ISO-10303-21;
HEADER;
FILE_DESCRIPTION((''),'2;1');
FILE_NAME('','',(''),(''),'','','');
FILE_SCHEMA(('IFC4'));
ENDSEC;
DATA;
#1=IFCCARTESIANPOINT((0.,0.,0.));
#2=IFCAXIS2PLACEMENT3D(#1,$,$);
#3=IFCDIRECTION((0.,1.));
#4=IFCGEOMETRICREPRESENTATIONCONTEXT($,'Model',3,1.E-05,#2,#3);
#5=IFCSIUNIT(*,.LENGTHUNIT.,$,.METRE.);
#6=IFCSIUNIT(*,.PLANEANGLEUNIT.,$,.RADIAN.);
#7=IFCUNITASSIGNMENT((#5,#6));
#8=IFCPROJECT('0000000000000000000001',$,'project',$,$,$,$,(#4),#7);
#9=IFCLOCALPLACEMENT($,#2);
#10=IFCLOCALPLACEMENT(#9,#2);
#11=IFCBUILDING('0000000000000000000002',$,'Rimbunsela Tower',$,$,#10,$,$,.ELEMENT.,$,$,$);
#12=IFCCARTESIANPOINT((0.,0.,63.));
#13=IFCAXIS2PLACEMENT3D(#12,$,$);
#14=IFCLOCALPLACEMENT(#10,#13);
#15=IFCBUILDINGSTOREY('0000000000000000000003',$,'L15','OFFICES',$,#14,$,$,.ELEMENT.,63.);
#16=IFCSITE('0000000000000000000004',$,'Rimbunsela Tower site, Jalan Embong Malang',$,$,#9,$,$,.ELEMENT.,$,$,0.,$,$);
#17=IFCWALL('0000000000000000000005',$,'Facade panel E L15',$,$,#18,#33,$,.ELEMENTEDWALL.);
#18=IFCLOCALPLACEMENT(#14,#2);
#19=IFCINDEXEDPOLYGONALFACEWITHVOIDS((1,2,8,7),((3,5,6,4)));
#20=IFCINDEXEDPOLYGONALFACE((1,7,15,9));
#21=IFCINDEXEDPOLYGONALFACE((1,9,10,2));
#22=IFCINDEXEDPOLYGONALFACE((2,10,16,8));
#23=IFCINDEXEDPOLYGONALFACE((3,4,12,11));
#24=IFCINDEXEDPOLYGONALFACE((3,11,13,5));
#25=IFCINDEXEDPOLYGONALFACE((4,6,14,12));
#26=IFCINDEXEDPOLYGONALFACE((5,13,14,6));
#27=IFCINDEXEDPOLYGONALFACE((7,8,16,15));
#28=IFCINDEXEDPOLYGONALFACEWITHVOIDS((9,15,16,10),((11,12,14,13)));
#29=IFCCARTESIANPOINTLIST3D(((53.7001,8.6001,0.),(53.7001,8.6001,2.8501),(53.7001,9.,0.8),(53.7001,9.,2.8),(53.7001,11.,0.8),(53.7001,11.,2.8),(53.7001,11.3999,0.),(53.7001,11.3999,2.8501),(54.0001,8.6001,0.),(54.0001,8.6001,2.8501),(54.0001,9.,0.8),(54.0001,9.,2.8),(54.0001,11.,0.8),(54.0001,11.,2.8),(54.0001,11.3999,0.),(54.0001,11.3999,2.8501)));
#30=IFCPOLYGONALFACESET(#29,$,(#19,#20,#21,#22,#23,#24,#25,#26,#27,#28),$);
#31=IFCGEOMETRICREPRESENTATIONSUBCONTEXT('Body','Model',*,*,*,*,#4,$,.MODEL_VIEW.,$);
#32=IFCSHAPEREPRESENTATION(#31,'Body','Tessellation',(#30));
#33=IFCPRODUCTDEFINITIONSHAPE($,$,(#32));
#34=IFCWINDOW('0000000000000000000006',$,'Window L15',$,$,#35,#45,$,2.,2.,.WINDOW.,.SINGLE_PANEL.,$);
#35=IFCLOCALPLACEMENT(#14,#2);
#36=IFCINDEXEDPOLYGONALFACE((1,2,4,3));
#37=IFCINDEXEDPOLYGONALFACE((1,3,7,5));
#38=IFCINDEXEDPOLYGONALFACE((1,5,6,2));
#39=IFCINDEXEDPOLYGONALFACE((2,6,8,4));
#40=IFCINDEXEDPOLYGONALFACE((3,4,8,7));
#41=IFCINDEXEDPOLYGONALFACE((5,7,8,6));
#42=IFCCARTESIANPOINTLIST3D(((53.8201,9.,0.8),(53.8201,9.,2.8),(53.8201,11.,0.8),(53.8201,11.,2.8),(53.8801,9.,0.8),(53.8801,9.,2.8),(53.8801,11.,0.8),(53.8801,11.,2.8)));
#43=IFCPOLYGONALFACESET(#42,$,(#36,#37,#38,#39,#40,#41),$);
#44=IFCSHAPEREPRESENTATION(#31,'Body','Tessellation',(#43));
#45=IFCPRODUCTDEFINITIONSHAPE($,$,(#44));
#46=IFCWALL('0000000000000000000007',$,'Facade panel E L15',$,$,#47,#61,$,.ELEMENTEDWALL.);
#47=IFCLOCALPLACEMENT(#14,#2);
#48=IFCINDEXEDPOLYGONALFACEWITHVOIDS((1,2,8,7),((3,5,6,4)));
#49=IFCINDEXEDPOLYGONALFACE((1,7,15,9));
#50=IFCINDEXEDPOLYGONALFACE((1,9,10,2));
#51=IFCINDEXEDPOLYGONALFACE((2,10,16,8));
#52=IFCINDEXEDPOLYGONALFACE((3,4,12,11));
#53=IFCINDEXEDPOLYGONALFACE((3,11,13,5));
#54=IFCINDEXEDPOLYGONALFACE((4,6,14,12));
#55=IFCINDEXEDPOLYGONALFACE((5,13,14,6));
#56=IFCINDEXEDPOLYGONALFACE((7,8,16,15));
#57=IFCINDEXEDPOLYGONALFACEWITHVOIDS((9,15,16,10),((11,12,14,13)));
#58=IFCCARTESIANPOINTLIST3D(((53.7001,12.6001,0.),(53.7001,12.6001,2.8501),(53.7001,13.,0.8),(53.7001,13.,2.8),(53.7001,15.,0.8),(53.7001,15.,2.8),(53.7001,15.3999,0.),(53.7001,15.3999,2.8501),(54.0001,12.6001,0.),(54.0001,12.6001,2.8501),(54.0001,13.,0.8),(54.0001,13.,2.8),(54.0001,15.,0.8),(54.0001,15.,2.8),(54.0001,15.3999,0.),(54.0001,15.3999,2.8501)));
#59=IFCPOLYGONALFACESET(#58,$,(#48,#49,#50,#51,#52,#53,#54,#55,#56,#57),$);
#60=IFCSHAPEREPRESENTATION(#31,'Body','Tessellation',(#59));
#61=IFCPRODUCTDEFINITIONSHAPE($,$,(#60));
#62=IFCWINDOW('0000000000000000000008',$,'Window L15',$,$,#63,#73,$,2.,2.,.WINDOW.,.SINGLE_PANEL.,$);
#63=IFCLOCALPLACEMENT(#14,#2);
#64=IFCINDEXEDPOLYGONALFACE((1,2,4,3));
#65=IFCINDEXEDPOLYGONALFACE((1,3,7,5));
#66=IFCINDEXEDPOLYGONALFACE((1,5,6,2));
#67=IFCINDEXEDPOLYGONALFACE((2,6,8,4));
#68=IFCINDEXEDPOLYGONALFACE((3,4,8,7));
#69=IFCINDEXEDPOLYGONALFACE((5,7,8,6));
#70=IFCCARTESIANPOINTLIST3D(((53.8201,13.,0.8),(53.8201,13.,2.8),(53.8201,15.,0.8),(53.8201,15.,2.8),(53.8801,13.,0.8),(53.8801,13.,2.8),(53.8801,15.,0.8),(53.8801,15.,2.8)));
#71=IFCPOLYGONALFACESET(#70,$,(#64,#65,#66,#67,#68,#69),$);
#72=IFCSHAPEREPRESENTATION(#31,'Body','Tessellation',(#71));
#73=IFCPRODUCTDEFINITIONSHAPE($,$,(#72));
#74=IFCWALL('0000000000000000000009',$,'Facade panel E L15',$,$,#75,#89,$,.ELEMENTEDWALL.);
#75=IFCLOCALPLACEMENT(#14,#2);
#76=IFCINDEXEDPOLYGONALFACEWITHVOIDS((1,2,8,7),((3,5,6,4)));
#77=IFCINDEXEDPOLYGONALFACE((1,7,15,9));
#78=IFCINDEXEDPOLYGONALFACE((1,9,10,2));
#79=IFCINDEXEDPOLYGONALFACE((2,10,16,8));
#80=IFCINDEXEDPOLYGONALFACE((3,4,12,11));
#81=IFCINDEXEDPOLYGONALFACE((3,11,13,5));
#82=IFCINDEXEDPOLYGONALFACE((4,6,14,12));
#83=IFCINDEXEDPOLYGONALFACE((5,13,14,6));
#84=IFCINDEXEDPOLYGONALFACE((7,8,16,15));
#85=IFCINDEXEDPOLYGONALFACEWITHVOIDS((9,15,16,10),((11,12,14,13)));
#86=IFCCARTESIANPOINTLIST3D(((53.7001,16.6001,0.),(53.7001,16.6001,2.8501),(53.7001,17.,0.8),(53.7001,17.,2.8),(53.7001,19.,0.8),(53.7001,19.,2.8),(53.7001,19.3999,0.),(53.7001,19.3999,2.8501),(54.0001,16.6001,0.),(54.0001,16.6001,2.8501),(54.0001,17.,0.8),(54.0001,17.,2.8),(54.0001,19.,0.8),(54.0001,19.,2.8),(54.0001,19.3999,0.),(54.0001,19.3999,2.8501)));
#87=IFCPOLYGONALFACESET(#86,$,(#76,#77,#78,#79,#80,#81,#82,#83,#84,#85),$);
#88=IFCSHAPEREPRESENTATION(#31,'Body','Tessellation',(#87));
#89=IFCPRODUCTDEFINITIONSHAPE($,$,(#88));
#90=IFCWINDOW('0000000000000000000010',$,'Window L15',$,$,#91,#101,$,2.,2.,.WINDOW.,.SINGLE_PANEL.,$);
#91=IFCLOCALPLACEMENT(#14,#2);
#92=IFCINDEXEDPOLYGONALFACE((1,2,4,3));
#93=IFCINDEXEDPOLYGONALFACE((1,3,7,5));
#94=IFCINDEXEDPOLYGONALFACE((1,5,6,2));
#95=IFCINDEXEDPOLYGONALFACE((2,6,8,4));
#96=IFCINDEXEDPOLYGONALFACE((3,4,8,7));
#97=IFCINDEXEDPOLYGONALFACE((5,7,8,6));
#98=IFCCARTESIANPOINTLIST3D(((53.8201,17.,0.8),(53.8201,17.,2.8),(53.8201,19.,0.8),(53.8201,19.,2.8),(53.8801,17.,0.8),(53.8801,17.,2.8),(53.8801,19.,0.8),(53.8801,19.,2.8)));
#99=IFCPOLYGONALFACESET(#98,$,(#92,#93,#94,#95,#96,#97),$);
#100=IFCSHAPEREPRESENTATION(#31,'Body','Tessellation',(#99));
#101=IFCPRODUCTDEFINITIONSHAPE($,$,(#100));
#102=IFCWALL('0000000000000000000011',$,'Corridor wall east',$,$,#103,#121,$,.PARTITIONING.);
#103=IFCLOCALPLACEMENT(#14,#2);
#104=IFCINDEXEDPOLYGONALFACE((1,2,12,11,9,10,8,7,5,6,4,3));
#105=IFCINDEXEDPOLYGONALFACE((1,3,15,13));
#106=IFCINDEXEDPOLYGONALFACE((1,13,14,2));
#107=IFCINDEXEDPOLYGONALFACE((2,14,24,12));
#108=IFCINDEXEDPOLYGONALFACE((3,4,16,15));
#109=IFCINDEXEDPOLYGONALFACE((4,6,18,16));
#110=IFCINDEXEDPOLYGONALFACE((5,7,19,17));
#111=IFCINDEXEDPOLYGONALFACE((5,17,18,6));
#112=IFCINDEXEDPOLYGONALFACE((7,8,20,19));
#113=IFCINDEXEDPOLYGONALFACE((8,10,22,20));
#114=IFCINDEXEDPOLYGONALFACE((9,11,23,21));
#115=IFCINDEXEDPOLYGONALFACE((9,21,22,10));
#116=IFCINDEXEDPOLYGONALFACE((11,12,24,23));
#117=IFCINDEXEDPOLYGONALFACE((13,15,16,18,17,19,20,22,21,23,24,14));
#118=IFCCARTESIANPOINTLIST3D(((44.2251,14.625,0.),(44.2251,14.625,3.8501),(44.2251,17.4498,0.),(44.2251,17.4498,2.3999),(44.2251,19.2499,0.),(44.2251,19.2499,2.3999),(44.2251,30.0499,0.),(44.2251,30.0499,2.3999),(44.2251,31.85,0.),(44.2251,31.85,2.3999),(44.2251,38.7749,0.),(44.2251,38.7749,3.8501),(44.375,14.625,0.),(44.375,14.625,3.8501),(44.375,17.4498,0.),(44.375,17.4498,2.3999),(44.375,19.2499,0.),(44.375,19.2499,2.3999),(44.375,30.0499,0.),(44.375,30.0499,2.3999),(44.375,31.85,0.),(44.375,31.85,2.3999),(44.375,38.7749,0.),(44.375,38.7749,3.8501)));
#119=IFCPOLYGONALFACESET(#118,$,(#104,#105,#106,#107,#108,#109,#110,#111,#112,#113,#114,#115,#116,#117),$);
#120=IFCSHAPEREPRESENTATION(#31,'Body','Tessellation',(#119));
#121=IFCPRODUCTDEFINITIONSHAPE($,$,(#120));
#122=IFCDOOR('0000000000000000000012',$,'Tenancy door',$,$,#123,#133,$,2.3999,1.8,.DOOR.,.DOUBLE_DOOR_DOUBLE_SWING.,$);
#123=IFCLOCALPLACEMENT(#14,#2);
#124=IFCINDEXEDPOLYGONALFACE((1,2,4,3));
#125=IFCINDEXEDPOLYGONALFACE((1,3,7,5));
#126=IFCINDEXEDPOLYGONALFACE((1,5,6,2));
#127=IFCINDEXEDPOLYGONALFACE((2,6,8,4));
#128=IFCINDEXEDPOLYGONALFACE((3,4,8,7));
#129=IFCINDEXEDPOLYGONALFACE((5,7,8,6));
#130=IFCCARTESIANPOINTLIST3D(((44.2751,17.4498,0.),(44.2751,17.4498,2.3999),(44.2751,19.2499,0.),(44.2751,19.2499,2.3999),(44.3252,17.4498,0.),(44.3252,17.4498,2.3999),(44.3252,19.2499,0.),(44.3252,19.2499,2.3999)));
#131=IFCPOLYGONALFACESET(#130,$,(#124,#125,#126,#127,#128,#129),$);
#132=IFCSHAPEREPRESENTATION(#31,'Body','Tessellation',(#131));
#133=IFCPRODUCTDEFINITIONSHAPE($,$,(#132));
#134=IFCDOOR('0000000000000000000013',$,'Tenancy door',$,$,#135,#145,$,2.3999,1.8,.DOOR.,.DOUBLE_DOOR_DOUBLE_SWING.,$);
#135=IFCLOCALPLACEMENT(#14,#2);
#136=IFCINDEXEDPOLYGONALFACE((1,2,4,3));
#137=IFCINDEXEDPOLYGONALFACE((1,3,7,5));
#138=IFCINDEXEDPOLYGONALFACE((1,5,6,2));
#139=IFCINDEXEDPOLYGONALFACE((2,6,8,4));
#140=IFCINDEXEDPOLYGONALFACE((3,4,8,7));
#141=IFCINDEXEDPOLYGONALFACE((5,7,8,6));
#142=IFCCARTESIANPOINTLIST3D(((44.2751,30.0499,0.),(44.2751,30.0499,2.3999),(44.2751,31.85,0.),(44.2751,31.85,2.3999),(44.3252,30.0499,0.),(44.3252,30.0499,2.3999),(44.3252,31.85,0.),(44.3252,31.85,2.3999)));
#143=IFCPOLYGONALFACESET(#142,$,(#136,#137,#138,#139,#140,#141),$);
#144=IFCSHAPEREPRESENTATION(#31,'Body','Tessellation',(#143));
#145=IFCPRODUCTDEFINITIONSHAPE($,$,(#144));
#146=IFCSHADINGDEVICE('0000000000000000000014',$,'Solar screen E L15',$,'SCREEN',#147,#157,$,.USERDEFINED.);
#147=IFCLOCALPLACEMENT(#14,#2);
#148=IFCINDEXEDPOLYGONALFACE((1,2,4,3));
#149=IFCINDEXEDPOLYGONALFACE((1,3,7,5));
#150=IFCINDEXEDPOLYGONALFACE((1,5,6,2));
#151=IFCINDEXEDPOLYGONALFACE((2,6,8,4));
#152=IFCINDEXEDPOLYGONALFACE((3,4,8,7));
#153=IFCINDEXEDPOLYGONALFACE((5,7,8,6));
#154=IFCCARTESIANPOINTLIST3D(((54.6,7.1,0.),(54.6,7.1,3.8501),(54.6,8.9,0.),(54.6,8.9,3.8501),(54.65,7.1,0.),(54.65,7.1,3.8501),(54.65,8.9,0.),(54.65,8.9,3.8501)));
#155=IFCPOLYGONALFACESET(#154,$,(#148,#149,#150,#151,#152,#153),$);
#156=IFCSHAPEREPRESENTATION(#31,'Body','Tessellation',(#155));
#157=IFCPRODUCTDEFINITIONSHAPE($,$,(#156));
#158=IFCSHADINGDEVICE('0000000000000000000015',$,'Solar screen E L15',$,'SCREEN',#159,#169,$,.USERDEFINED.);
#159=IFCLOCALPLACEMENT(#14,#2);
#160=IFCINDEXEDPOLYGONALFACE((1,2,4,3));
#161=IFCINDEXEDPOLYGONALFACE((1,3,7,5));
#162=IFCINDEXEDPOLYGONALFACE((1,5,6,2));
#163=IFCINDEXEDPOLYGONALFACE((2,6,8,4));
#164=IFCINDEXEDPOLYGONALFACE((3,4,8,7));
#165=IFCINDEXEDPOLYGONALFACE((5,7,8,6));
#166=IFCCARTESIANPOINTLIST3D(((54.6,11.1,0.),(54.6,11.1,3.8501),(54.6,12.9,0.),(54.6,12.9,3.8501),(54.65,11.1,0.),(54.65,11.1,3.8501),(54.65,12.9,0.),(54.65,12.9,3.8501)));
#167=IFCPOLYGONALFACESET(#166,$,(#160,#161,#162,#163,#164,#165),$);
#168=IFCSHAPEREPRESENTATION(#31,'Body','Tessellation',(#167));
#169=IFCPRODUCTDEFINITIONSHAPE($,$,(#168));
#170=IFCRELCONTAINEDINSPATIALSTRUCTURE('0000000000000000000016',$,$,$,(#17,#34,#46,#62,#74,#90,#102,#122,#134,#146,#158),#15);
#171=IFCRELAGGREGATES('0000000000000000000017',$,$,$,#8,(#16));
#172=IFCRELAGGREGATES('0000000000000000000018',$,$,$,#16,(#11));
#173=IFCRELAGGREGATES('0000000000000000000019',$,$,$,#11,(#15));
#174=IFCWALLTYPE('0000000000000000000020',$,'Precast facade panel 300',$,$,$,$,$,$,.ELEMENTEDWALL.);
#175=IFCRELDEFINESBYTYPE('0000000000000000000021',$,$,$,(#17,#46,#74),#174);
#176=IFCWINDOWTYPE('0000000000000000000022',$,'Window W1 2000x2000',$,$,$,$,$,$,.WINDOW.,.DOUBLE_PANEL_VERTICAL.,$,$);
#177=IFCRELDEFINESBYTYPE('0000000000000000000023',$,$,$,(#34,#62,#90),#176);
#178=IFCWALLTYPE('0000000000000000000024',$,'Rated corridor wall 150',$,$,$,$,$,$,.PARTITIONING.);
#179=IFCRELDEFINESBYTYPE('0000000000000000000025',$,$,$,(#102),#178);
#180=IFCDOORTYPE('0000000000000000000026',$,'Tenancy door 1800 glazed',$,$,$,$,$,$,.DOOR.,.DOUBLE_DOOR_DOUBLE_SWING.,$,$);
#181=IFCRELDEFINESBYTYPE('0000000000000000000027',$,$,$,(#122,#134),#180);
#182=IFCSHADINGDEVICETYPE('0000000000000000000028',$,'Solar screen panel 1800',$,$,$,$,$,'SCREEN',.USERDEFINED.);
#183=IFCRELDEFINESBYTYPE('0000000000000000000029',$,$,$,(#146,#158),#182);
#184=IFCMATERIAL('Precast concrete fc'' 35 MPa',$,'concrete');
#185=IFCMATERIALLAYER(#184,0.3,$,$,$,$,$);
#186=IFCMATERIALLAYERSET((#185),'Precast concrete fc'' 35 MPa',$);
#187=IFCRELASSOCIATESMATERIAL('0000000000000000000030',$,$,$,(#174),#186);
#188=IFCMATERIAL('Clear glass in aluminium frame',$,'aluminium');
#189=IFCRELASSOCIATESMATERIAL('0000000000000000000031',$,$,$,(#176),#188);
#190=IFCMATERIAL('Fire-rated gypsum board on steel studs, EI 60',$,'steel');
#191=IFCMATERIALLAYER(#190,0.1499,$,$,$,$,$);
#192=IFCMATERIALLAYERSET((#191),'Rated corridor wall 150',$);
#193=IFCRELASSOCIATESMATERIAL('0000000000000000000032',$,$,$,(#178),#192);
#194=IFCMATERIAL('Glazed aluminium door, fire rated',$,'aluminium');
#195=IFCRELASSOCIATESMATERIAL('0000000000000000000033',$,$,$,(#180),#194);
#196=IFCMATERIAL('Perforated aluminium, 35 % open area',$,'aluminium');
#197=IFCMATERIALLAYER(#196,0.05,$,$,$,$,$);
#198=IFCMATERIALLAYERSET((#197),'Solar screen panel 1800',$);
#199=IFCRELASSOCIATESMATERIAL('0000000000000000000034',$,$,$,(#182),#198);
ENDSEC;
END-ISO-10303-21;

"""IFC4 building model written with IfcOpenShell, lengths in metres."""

from ifc_helpers import new_model, si_unit, direction, frame, frame_2d, origin, origin_2d, place, context, subcontext, project, spatial, rectangle, extrude, material, layer, layer_set, type_object, element, fill, save


model = new_model("IFC4")

# Units and contexts
model_context = context("Model", 3, precision=1e-05, world=origin(), true_north=direction((0.0, 1.0)))
body_context = subcontext(model_context, "Body", "Model", "MODEL_VIEW")
ifc_project = project(units=[si_unit("LENGTHUNIT", "METRE"), si_unit("PLANEANGLEUNIT", "RADIAN")], contexts=[model_context])

# Site, building, storey
site_placement = place(None, origin())
site = spatial("IfcSite", under=ifc_project, at=site_placement, Name="Rimbunsela Tower site, Jalan Embong Malang", CompositionType="ELEMENT", RefElevation=0.0)
building_placement = place(site_placement, origin())
building = spatial("IfcBuilding", under=site, at=building_placement, Name="Rimbunsela Tower", CompositionType="ELEMENT")
storey_placement = place(building_placement, frame((0.0, 0.0, 63.0)))
storey = spatial("IfcBuildingStorey", under=building, at=storey_placement, Name="L15", Description="OFFICES", CompositionType="ELEMENT", Elevation=63.0)

# Walls, openings, windows
ifc_material_1 = material(Name="Precast concrete fc' 35 MPa", Category="concrete")
ifc_layer_1 = layer(ifc_material_1, 0.3)
ifc_layer_set_1 = layer_set([ifc_layer_1], Name="Precast concrete fc' 35 MPa")
wall_type_1 = type_object("IfcWallType", Name="Precast facade panel 300", PredefinedType="ELEMENTEDWALL", material=ifc_layer_set_1)
wall_1_placement = place(storey_placement, frame((53.8501, 8.6001, 0.0), z_axis=(0.0, 0.0, 1.0), x_axis=(0.0, 1.0, 0.0)))
wall_1 = element("IfcWall", 1, at=wall_1_placement, inside=storey, type_object=wall_type_1, Name="Facade panel E L15", PredefinedType="ELEMENTEDWALL", context=body_context, shape_type="SweptSolid", body=[
    extrude(rectangle(XDim=2.7998, YDim=0.3, at=frame_2d((1.3999, 0.0))), origin(), (0.0, 0.0, 1.0), 2.8501),
])
opening_1_placement = place(wall_1_placement, frame((0.3999, 0.0, 0.8)))
opening_1 = element("IfcOpeningElement", 2, at=opening_1_placement, cuts=wall_1, PredefinedType="OPENING", context=body_context, shape_type="SweptSolid", body=[
    extrude(rectangle(XDim=2.0, YDim=2.0, at=frame_2d((1.0, 1.0))), frame((0.0, 0.1599, 0.0), z_axis=(0.0, -1.0, 0.0), x_axis=(1.0, 0.0, 0.0)), (0.0, 0.0, 1.0), 0.3201),
])
ifc_material_2 = material(Name="Clear glass in aluminium frame", Category="aluminium")
window_type = type_object("IfcWindowType", Name="Window W1 2000x2000", PartitioningType="DOUBLE_PANEL_VERTICAL", PredefinedType="WINDOW", material=ifc_material_2)
window_1_placement = place(opening_1_placement, origin())
window_1 = element("IfcWindow", 3, at=window_1_placement, inside=storey, type_object=window_type, Name="Window L15", OverallHeight=2.0, OverallWidth=2.0, PartitioningType="SINGLE_PANEL", PredefinedType="WINDOW", context=body_context, shape_type="SweptSolid", body=[
    extrude(rectangle(XDim=2.0, YDim=2.0, at=frame_2d((1.0, 1.0))), frame((0.0, 0.03, 0.0), z_axis=(0.0, -1.0, 0.0), x_axis=(1.0, 0.0, 0.0)), (0.0, 0.0, 1.0), 0.0601),
])
fill(opening_1, window_1)
wall_2_placement = place(storey_placement, frame((53.8501, 12.6001, 0.0), z_axis=(0.0, 0.0, 1.0), x_axis=(0.0, 1.0, 0.0)))
wall_2 = element("IfcWall", 4, at=wall_2_placement, inside=storey, type_object=wall_type_1, Name="Facade panel E L15", PredefinedType="ELEMENTEDWALL", context=body_context, shape_type="SweptSolid", body=[
    extrude(rectangle(XDim=2.7998, YDim=0.3, at=frame_2d((1.3999, 0.0))), origin(), (0.0, 0.0, 1.0), 2.8501),
])
opening_2_placement = place(wall_2_placement, frame((0.3999, 0.0, 0.8)))
opening_2 = element("IfcOpeningElement", 5, at=opening_2_placement, cuts=wall_2, PredefinedType="OPENING", context=body_context, shape_type="SweptSolid", body=[
    extrude(rectangle(XDim=2.0, YDim=2.0, at=frame_2d((1.0, 1.0))), frame((0.0, 0.1599, 0.0), z_axis=(0.0, -1.0, 0.0), x_axis=(1.0, 0.0, 0.0)), (0.0, 0.0, 1.0), 0.3201),
])
window_2_placement = place(opening_2_placement, origin())
window_2 = element("IfcWindow", 6, at=window_2_placement, inside=storey, type_object=window_type, Name="Window L15", OverallHeight=2.0, OverallWidth=2.0, PartitioningType="SINGLE_PANEL", PredefinedType="WINDOW", context=body_context, shape_type="SweptSolid", body=[
    extrude(rectangle(XDim=2.0, YDim=2.0, at=frame_2d((1.0, 1.0))), frame((0.0, 0.03, 0.0), z_axis=(0.0, -1.0, 0.0), x_axis=(1.0, 0.0, 0.0)), (0.0, 0.0, 1.0), 0.0601),
])
fill(opening_2, window_2)
wall_3_placement = place(storey_placement, frame((53.8501, 16.6001, 0.0), z_axis=(0.0, 0.0, 1.0), x_axis=(0.0, 1.0, 0.0)))
wall_3 = element("IfcWall", 7, at=wall_3_placement, inside=storey, type_object=wall_type_1, Name="Facade panel E L15", PredefinedType="ELEMENTEDWALL", context=body_context, shape_type="SweptSolid", body=[
    extrude(rectangle(XDim=2.7998, YDim=0.3, at=frame_2d((1.3999, 0.0))), origin(), (0.0, 0.0, 1.0), 2.8501),
])
opening_3_placement = place(wall_3_placement, frame((0.3999, 0.0, 0.8)))
opening_3 = element("IfcOpeningElement", 8, at=opening_3_placement, cuts=wall_3, PredefinedType="OPENING", context=body_context, shape_type="SweptSolid", body=[
    extrude(rectangle(XDim=2.0, YDim=2.0, at=frame_2d((1.0, 1.0))), frame((0.0, 0.1599, 0.0), z_axis=(0.0, -1.0, 0.0), x_axis=(1.0, 0.0, 0.0)), (0.0, 0.0, 1.0), 0.3201),
])
window_3_placement = place(opening_3_placement, origin())
window_3 = element("IfcWindow", 9, at=window_3_placement, inside=storey, type_object=window_type, Name="Window L15", OverallHeight=2.0, OverallWidth=2.0, PartitioningType="SINGLE_PANEL", PredefinedType="WINDOW", context=body_context, shape_type="SweptSolid", body=[
    extrude(rectangle(XDim=2.0, YDim=2.0, at=frame_2d((1.0, 1.0))), frame((0.0, 0.03, 0.0), z_axis=(0.0, -1.0, 0.0), x_axis=(1.0, 0.0, 0.0)), (0.0, 0.0, 1.0), 0.0601),
])
fill(opening_3, window_3)

# Wall, openings, doors
ifc_material_3 = material(Name="Fire-rated gypsum board on steel studs, EI 60", Category="steel")
ifc_layer_2 = layer(ifc_material_3, 0.1499)
ifc_layer_set_2 = layer_set([ifc_layer_2], Name="Rated corridor wall 150")
wall_type_2 = type_object("IfcWallType", Name="Rated corridor wall 150", PredefinedType="PARTITIONING", material=ifc_layer_set_2)
wall_4_placement = place(storey_placement, frame((44.3, 14.625, 0.0), z_axis=(0.0, 0.0, 1.0), x_axis=(0.0, 1.0, 0.0)))
wall_4 = element("IfcWall", 10, at=wall_4_placement, inside=storey, type_object=wall_type_2, Name="Corridor wall east", PredefinedType="PARTITIONING", context=body_context, shape_type="SweptSolid", body=[
    extrude(rectangle(XDim=24.1499, YDim=0.1499, at=frame_2d((12.075, 0.0))), origin(), (0.0, 0.0, 1.0), 3.8501),
])
opening_4_placement = place(wall_4_placement, frame((2.825, 0.0, 0.0)))
opening_4 = element("IfcOpeningElement", 11, at=opening_4_placement, cuts=wall_4, PredefinedType="OPENING", context=body_context, shape_type="SweptSolid", body=[
    extrude(rectangle(XDim=1.8, YDim=2.3999, at=frame_2d((0.8999, 1.2))), frame((0.0, 0.085, 0.0), z_axis=(0.0, -1.0, 0.0), x_axis=(1.0, 0.0, 0.0)), (0.0, 0.0, 1.0), 0.1699),
])
opening_5_placement = place(wall_4_placement, frame((15.425, 0.0, 0.0)))
opening_5 = element("IfcOpeningElement", 12, at=opening_5_placement, cuts=wall_4, PredefinedType="OPENING", context=body_context, shape_type="SweptSolid", body=[
    extrude(rectangle(XDim=1.8, YDim=2.3999, at=frame_2d((0.8999, 1.2))), frame((0.0, 0.085, 0.0), z_axis=(0.0, -1.0, 0.0), x_axis=(1.0, 0.0, 0.0)), (0.0, 0.0, 1.0), 0.1699),
])
ifc_material_4 = material(Name="Glazed aluminium door, fire rated", Category="aluminium")
door_type_1 = type_object("IfcDoorType", Name="Tenancy door 1800 glazed", OperationType="DOUBLE_DOOR_DOUBLE_SWING", PredefinedType="DOOR", material=ifc_material_4)
door_1_placement = place(opening_4_placement, origin())
door_1 = element("IfcDoor", 13, at=door_1_placement, inside=storey, type_object=door_type_1, Name="Tenancy door", OperationType="DOUBLE_DOOR_DOUBLE_SWING", OverallHeight=2.3999, OverallWidth=1.8, PredefinedType="DOOR", context=body_context, shape_type="SweptSolid", body=[
    extrude(rectangle(XDim=1.8, YDim=2.3999, at=frame_2d((0.8999, 1.2))), frame((0.0, 0.0249, 0.0), z_axis=(0.0, -1.0, 0.0), x_axis=(1.0, 0.0, 0.0)), (0.0, 0.0, 1.0), 0.05),
])
fill(opening_4, door_1)
door_2_placement = place(opening_5_placement, origin())
door_2 = element("IfcDoor", 14, at=door_2_placement, inside=storey, type_object=door_type_1, Name="Tenancy door", OperationType="DOUBLE_DOOR_DOUBLE_SWING", OverallHeight=2.3999, OverallWidth=1.8, PredefinedType="DOOR", context=body_context, shape_type="SweptSolid", body=[
    extrude(rectangle(XDim=1.8, YDim=2.3999, at=frame_2d((0.8999, 1.2))), frame((0.0, 0.0249, 0.0), z_axis=(0.0, -1.0, 0.0), x_axis=(1.0, 0.0, 0.0)), (0.0, 0.0, 1.0), 0.05),
])
fill(opening_5, door_2)

# Shading devices
ifc_material_5 = material(Name="Perforated aluminium, 35 % open area", Category="aluminium")
ifc_layer_3 = layer(ifc_material_5, 0.05)
ifc_layer_set_3 = layer_set([ifc_layer_3], Name="Solar screen panel 1800")
shading_device_type = type_object("IfcShadingDeviceType", Name="Solar screen panel 1800", ElementType="SCREEN", PredefinedType="USERDEFINED", material=ifc_layer_set_3)
for number, where, z_axis, x_axis, name in (
    (15, (54.625, 8.0, 0.0), (0.0, 0.0, 1.0), (0.0, 1.0, 0.0), "Solar screen E L15"),
    (16, (54.625, 12.0, 0.0), (0.0, 0.0, 1.0), (0.0, 1.0, 0.0), "Solar screen E L15"),
):
    element("IfcShadingDevice", number, at=place(storey_placement, frame(where, z_axis=z_axis, x_axis=x_axis)), inside=storey, type_object=shading_device_type, Name=name, ObjectType="SCREEN", PredefinedType="USERDEFINED", context=body_context, shape_type="SweptSolid", body=[
        extrude(rectangle(XDim=1.8, YDim=0.05, at=origin_2d()), origin(), (0.0, 0.0, 1.0), 3.8501),
    ])

save(model, "model.ifc")
